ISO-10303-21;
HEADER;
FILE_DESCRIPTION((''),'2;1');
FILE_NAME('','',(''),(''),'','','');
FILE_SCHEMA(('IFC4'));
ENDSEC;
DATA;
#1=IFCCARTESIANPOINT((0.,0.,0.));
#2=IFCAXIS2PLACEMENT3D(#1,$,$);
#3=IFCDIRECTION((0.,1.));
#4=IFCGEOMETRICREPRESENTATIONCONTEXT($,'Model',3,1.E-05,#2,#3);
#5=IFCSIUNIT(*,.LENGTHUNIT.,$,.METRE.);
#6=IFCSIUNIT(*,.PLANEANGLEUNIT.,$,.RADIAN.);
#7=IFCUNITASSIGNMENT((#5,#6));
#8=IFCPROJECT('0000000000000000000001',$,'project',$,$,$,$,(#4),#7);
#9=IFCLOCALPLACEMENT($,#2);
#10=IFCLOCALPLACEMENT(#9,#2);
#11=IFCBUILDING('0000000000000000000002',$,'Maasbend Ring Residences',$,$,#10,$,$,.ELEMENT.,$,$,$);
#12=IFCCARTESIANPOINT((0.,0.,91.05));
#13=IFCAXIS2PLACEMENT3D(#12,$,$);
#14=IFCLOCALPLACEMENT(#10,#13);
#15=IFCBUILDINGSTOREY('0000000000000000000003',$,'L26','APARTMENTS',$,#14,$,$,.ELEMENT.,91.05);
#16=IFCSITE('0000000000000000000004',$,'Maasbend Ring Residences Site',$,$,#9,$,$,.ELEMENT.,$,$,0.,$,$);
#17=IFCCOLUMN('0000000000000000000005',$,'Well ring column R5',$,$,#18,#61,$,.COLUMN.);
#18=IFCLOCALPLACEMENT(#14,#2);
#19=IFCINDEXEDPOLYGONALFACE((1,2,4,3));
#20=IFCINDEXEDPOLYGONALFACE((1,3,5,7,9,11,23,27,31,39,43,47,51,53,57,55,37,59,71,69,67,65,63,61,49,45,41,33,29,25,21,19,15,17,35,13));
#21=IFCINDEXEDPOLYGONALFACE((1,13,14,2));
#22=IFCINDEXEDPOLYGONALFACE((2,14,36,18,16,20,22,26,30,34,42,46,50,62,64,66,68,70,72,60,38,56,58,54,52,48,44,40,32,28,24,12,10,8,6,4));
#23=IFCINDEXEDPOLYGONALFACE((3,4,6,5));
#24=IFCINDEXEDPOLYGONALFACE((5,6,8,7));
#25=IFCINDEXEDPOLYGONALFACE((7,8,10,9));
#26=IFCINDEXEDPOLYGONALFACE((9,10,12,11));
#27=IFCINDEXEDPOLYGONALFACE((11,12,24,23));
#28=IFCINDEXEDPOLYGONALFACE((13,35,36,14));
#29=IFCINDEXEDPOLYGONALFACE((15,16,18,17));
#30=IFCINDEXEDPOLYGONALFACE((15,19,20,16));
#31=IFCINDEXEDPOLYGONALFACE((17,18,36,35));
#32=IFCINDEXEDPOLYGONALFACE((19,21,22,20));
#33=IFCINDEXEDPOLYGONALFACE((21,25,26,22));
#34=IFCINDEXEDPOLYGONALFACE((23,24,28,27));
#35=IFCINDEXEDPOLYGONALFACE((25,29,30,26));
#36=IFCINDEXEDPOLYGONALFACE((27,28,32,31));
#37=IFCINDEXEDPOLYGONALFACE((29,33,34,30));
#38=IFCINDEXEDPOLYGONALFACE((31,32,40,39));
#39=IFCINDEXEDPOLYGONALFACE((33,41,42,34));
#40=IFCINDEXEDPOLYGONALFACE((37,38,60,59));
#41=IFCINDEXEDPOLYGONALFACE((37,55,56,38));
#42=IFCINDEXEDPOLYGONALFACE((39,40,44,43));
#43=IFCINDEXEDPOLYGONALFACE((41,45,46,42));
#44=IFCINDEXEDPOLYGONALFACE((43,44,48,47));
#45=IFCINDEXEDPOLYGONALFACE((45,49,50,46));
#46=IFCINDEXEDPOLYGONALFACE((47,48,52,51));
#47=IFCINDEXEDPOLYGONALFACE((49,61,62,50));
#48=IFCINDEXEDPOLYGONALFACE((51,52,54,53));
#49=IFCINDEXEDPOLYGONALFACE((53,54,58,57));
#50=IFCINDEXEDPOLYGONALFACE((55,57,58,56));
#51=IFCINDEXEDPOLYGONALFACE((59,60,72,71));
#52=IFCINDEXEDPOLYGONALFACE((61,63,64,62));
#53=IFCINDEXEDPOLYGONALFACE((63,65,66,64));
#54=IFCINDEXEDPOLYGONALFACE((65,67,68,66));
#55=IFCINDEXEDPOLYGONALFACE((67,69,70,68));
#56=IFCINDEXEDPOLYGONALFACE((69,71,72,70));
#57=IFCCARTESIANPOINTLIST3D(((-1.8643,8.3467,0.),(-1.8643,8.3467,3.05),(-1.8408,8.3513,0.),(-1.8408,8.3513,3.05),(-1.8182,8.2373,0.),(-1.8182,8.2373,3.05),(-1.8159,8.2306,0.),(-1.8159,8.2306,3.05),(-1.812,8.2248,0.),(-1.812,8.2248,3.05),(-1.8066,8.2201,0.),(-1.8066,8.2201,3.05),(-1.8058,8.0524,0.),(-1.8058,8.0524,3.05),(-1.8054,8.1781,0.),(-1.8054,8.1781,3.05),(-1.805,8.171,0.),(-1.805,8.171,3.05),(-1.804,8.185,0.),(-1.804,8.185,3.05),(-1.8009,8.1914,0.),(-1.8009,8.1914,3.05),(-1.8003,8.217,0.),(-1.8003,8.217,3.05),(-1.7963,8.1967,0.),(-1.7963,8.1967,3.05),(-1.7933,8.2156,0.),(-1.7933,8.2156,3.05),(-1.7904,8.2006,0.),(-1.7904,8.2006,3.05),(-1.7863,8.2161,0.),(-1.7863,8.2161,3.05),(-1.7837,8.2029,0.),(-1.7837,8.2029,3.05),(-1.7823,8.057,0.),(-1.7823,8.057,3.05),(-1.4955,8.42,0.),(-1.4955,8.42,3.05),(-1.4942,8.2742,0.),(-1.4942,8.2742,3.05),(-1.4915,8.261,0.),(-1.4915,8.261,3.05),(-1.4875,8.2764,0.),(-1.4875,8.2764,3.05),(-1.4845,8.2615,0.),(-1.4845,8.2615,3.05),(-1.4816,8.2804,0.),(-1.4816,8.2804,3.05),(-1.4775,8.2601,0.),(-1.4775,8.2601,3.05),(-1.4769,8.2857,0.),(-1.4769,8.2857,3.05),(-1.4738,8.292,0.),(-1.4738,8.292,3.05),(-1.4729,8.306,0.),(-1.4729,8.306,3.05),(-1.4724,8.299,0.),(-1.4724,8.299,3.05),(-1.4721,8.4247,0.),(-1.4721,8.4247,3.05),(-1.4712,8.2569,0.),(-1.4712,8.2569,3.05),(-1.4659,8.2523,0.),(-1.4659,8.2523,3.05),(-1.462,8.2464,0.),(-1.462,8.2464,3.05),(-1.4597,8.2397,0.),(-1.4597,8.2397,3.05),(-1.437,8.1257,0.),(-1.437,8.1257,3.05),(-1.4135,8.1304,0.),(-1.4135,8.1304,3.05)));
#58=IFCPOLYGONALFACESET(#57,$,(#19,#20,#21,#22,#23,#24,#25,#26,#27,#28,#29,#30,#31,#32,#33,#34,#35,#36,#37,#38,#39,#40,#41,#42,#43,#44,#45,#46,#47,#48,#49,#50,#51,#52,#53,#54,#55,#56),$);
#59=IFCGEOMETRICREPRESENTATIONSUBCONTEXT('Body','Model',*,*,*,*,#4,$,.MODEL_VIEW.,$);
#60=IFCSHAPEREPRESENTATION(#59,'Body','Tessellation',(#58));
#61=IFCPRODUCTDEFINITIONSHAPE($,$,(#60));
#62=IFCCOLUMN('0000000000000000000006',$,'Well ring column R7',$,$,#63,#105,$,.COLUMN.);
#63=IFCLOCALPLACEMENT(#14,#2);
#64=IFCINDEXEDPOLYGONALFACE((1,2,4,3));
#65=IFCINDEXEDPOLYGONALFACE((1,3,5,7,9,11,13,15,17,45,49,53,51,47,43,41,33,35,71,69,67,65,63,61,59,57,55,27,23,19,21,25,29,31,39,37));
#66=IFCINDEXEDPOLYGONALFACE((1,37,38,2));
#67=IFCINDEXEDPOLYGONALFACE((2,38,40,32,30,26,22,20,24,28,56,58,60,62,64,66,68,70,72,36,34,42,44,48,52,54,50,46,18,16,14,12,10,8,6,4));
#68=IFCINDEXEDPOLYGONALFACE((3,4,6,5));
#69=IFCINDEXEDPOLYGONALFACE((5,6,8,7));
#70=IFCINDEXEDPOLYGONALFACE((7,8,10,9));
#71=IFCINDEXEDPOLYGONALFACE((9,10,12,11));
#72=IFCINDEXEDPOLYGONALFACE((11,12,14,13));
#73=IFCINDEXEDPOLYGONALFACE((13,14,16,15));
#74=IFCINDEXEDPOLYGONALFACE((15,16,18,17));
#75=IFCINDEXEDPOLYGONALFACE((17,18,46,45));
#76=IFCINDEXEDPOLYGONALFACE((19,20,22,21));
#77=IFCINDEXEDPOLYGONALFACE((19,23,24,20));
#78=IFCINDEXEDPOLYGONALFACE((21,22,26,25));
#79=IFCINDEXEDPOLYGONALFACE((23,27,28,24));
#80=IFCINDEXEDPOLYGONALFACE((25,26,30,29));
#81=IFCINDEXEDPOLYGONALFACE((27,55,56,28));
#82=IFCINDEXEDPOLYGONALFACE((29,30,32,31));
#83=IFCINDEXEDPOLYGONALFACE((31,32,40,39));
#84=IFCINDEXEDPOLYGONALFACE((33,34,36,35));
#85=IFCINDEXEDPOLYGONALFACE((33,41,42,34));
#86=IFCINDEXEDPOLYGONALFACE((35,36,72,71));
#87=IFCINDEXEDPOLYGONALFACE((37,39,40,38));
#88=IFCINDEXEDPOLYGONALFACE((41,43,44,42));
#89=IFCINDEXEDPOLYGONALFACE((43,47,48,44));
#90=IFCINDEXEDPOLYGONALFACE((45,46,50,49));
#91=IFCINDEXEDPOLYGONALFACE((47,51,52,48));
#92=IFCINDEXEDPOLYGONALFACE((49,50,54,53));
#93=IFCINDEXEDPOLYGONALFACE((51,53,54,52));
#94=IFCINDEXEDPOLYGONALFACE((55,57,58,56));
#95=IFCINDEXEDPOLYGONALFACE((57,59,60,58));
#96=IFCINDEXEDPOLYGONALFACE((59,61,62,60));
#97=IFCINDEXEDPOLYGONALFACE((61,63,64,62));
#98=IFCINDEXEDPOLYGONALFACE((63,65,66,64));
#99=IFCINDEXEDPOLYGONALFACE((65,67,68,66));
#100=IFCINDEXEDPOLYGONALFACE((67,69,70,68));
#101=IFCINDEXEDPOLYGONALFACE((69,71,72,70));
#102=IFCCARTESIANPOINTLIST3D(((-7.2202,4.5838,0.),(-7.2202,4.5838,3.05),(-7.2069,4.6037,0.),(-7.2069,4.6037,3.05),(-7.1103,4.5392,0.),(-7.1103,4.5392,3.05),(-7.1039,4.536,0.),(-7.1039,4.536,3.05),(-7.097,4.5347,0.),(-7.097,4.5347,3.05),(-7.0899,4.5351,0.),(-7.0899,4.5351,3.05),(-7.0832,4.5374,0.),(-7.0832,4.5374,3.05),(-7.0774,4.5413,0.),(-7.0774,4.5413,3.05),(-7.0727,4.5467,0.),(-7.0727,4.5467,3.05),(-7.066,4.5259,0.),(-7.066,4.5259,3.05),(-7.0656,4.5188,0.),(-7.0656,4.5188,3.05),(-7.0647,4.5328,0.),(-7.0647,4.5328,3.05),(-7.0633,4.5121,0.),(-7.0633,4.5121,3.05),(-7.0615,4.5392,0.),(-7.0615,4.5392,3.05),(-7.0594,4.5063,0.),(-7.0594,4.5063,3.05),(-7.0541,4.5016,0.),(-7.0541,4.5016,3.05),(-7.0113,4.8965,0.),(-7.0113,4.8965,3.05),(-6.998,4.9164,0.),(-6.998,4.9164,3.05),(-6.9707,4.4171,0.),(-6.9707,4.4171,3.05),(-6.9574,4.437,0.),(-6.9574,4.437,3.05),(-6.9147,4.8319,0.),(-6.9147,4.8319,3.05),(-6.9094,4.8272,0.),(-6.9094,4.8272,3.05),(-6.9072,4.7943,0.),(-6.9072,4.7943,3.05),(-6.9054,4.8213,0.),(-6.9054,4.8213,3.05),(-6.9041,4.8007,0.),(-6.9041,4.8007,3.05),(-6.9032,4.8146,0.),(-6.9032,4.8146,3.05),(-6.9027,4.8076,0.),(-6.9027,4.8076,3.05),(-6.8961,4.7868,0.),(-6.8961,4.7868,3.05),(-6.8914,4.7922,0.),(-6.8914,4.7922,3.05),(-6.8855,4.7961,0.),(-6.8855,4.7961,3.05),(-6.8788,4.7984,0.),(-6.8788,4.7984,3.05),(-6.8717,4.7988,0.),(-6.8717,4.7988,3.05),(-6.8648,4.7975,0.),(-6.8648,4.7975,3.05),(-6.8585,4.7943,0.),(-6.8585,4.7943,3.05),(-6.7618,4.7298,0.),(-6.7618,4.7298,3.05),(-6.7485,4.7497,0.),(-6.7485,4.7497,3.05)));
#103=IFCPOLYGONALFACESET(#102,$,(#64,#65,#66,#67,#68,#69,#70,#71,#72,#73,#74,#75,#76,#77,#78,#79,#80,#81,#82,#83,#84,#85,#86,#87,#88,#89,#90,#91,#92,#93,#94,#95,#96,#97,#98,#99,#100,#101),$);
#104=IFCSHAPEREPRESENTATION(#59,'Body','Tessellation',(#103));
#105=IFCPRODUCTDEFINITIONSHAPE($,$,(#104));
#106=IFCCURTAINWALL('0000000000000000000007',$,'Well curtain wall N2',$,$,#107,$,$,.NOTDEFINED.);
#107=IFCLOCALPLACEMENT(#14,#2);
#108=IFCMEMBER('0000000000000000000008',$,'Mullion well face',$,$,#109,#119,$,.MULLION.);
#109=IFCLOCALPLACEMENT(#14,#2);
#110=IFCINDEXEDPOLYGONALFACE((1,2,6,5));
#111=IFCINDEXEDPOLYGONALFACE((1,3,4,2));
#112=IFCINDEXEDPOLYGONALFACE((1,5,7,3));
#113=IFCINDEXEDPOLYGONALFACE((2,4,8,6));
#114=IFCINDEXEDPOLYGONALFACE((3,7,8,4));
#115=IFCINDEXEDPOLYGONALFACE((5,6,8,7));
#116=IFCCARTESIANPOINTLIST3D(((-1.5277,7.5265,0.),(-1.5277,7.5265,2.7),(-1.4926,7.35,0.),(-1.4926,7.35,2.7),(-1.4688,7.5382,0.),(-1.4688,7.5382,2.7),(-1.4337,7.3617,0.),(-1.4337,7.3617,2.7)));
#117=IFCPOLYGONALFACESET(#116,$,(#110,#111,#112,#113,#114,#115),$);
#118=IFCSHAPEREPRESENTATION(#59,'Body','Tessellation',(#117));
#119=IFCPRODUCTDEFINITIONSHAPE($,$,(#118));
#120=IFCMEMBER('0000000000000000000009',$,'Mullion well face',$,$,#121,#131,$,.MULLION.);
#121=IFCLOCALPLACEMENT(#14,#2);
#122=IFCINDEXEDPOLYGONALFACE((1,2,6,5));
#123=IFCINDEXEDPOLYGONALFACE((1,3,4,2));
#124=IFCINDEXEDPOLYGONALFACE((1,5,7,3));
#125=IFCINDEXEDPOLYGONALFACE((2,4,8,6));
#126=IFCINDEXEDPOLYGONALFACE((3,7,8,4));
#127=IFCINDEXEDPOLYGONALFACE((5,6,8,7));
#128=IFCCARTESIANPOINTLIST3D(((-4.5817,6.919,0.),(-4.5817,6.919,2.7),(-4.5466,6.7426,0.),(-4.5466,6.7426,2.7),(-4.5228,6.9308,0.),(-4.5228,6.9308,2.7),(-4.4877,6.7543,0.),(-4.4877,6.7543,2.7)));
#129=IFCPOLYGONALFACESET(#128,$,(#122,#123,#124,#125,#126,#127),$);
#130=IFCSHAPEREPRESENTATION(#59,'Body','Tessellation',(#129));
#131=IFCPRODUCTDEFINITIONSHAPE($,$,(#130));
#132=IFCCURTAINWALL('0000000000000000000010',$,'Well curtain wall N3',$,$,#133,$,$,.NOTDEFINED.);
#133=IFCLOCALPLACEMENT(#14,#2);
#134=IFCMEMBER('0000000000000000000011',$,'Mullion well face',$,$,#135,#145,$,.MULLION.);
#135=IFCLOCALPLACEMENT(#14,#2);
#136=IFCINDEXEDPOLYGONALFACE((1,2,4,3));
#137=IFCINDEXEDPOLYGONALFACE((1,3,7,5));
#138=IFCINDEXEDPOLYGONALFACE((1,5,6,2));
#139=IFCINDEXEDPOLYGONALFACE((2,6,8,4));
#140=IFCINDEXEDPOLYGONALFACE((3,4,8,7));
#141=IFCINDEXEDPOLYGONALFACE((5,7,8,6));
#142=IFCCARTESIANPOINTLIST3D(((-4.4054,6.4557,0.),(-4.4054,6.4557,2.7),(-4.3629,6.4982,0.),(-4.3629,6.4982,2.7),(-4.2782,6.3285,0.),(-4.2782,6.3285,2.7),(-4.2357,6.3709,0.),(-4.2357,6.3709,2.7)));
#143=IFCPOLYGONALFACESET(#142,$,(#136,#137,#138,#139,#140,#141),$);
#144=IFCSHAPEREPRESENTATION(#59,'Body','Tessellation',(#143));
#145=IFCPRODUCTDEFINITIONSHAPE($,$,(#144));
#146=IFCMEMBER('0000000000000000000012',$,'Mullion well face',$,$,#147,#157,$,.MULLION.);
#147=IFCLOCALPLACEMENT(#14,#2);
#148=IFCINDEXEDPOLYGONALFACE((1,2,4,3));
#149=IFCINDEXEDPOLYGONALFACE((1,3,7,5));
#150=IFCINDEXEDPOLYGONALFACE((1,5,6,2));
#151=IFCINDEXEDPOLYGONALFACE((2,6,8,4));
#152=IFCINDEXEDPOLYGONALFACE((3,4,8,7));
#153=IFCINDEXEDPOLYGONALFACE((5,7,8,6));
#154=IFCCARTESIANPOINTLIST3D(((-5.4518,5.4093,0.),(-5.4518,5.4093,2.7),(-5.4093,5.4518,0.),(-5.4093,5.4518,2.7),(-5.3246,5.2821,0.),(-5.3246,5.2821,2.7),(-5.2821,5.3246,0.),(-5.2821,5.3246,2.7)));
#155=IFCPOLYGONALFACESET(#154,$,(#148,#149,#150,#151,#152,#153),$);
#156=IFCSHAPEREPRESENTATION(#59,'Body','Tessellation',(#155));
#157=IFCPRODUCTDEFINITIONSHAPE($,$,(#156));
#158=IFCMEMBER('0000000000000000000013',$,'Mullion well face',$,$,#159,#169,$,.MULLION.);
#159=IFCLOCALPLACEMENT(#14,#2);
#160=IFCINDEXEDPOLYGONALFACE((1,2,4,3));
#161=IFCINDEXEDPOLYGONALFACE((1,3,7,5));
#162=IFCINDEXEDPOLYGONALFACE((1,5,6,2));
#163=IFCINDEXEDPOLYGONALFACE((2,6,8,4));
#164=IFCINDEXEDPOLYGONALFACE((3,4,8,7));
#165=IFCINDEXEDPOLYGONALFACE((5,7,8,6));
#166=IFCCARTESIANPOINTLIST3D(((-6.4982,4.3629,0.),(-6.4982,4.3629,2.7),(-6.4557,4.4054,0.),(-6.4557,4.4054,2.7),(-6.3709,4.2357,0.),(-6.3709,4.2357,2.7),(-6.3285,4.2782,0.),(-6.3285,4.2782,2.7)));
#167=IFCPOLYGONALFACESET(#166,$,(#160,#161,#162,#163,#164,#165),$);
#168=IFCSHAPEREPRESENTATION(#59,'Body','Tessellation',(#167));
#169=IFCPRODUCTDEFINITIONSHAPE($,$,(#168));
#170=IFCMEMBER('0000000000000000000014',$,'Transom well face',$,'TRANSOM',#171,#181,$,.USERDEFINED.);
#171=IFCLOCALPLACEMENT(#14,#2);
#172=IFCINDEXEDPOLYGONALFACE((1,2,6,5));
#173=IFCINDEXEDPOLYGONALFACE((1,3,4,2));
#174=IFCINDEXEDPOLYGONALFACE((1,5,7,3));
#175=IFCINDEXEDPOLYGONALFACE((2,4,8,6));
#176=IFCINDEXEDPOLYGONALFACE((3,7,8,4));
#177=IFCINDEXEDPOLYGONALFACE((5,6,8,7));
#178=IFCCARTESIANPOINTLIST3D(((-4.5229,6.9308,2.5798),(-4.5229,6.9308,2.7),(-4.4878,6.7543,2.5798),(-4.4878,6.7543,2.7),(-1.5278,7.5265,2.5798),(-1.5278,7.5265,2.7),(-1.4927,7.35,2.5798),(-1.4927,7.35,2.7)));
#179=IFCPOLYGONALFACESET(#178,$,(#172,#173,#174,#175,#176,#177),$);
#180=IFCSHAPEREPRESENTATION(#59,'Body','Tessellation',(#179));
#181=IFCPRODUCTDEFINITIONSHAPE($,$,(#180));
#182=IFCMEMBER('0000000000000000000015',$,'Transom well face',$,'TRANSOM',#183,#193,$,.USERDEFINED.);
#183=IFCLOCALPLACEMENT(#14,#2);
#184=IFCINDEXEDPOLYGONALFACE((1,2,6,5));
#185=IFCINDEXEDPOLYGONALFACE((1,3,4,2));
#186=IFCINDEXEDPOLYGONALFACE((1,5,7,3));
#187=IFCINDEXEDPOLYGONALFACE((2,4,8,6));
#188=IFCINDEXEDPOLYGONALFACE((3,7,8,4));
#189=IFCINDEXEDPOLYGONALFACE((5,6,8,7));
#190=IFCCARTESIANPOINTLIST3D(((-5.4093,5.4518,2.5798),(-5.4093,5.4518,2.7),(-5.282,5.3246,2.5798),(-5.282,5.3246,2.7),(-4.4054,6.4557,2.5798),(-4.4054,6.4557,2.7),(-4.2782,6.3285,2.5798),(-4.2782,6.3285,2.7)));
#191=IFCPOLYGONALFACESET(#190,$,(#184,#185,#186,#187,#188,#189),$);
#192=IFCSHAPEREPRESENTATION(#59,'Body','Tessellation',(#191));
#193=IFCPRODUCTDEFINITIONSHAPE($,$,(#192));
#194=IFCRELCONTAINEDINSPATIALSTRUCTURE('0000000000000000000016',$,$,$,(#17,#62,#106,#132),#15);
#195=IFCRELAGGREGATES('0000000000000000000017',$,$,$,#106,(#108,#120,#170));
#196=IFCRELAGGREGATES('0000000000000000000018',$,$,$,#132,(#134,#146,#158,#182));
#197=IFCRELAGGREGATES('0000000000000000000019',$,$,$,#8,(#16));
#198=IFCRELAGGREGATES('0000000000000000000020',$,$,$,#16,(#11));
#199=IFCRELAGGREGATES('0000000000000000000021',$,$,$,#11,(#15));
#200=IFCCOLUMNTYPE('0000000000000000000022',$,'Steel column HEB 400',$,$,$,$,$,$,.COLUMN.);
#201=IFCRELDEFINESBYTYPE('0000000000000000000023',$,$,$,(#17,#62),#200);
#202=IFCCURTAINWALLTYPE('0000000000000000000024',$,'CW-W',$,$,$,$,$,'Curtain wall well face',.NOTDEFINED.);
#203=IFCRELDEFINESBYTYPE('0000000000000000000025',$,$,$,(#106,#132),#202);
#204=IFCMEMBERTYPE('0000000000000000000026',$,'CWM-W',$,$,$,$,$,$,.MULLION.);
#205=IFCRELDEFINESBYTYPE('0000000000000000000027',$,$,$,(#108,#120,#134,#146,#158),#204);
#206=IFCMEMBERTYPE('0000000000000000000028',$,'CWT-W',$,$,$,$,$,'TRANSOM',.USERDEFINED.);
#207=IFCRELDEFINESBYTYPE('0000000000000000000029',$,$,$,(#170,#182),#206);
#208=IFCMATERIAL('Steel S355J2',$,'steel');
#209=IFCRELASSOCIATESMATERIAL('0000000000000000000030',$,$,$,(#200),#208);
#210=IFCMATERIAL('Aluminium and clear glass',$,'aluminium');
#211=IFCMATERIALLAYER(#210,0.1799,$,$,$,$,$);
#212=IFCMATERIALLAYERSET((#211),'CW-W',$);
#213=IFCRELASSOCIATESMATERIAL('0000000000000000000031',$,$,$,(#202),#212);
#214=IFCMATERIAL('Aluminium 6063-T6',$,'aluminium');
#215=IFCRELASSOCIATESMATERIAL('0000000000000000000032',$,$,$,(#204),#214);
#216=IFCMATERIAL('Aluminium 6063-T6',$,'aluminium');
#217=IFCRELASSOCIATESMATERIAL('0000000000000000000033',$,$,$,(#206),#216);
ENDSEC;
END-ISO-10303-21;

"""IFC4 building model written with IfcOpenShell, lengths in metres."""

from ifc_helpers import new_model, si_unit, direction, frame, origin, origin_2d, place, context, subcontext, project, spatial, rectangle, i_section, extrude, material, layer, layer_set, material_profile, profile_set, type_object, element, aggregate, save


model = new_model("IFC4")

# Units and contexts
model_context = context("Model", 3, precision=1e-05, world=origin(), true_north=direction((0.0, 1.0)))
body_context = subcontext(model_context, "Body", "Model", "MODEL_VIEW")
ifc_project = project(units=[si_unit("LENGTHUNIT", "METRE"), si_unit("PLANEANGLEUNIT", "RADIAN")], contexts=[model_context])

# Site, building, storey
site_placement = place(None, origin())
site = spatial("IfcSite", under=ifc_project, at=site_placement, Name="Maasbend Ring Residences Site", CompositionType="ELEMENT", RefElevation=0.0)
building_placement = place(site_placement, origin())
building = spatial("IfcBuilding", under=site, at=building_placement, Name="Maasbend Ring Residences", CompositionType="ELEMENT")
storey_placement = place(building_placement, frame((0.0, 0.0, 91.05)))
storey = spatial("IfcBuildingStorey", under=building, at=storey_placement, Name="L26", Description="APARTMENTS", CompositionType="ELEMENT", Elevation=91.05)

# Columns
ifc_material_1 = material(Name="Steel S355J2", Category="steel")
ifc_material_profile_1 = material_profile(ifc_material_1, i_section(OverallWidth=0.3, OverallDepth=0.3999, WebThickness=0.0134, FlangeThickness=0.0239, FilletRadius=0.0271, at=origin_2d()), Name="HEB 400")
ifc_profile_set_1 = profile_set([ifc_material_profile_1], Name="Steel S355J2")
column_type = type_object("IfcColumnType", Name="Steel column HEB 400", PredefinedType="COLUMN", material=ifc_profile_set_1)
for number, where, z_axis, x_axis, name in (
    (1, (-1.6389, 8.2385, 0.0), (0.0, 0.0, 1.0), (-0.19509, 0.980785, 0.0), "Well ring column R5"),
    (2, (-6.9844, 4.6667, 0.0), (0.0, 0.0, 1.0), (-0.83147, 0.55557, 0.0), "Well ring column R7"),
):
    element("IfcColumn", number, at=place(storey_placement, frame(where, z_axis=z_axis, x_axis=x_axis)), inside=storey, type_object=column_type, Name=name, PredefinedType="COLUMN", context=body_context, shape_type="SweptSolid", body=[
        extrude(i_section(OverallWidth=0.3, OverallDepth=0.3999, WebThickness=0.0134, FlangeThickness=0.0239, FilletRadius=0.0271, at=origin_2d()), origin(), (0.0, 0.0, 1.0), 3.05),
    ])

# Curtain walls, members
ifc_material_2 = material(Name="Aluminium and clear glass", Category="aluminium")
ifc_layer_1 = layer(ifc_material_2, 0.1799)
ifc_layer_set_1 = layer_set([ifc_layer_1], Name="CW-W")
curtain_wall_type = type_object("IfcCurtainWallType", Name="CW-W", ElementType="Curtain wall well face", PredefinedType="NOTDEFINED", material=ifc_layer_set_1)
curtain_wall_1_placement = place(storey_placement, origin())
curtain_wall_1 = element("IfcCurtainWall", 3, at=curtain_wall_1_placement, inside=storey, type_object=curtain_wall_type, Name="Well curtain wall N2", PredefinedType="NOTDEFINED")
ifc_material_3 = material(Name="Aluminium 6063-T6", Category="aluminium")
ifc_material_profile_2 = material_profile(ifc_material_3, rectangle(XDim=0.1799, YDim=0.0601, at=origin_2d()), Name="AL 180x60")
ifc_profile_set_2 = profile_set([ifc_material_profile_2], Name="Aluminium 6063-T6")
member_type_1 = type_object("IfcMemberType", Name="CWM-W", PredefinedType="MULLION", material=ifc_profile_set_2)
member_1_placement = place(storey_placement, frame((-1.4807, 7.4441, 0.0), z_axis=(0.0, 0.0, 1.0), x_axis=(0.19509, -0.980785, 0.0)))
member_1 = element("IfcMember", 4, at=member_1_placement, type_object=member_type_1, Name="Mullion well face", PredefinedType="MULLION", context=body_context, shape_type="SweptSolid", body=[
    extrude(rectangle(XDim=0.1799, YDim=0.0601, at=origin_2d()), origin(), (0.0, 0.0, 1.0), 2.7),
])
member_2_placement = place(storey_placement, frame((-4.5347, 6.8367, 0.0), z_axis=(0.0, 0.0, 1.0), x_axis=(0.19509, -0.980785, 0.0)))
member_2 = element("IfcMember", 5, at=member_2_placement, type_object=member_type_1, Name="Mullion well face", PredefinedType="MULLION", context=body_context, shape_type="SweptSolid", body=[
    extrude(rectangle(XDim=0.1799, YDim=0.0601, at=origin_2d()), origin(), (0.0, 0.0, 1.0), 2.7),
])
curtain_wall_2_placement = place(storey_placement, origin())
curtain_wall_2 = element("IfcCurtainWall", 6, at=curtain_wall_2_placement, inside=storey, type_object=curtain_wall_type, Name="Well curtain wall N3", PredefinedType="NOTDEFINED")
member_3_placement = place(storey_placement, frame((-4.3206, 6.4133, 0.0), z_axis=(0.0, 0.0, 1.0), x_axis=(0.707107, -0.707107, 0.0)))
member_3 = element("IfcMember", 7, at=member_3_placement, type_object=member_type_1, Name="Mullion well face", PredefinedType="MULLION", context=body_context, shape_type="SweptSolid", body=[
    extrude(rectangle(XDim=0.1799, YDim=0.0601, at=origin_2d()), origin(), (0.0, 0.0, 1.0), 2.7),
])
member_4_placement = place(storey_placement, frame((-5.3669, 5.3669, 0.0), z_axis=(0.0, 0.0, 1.0), x_axis=(0.707107, -0.707107, 0.0)))
member_4 = element("IfcMember", 8, at=member_4_placement, type_object=member_type_1, Name="Mullion well face", PredefinedType="MULLION", context=body_context, shape_type="SweptSolid", body=[
    extrude(rectangle(XDim=0.1799, YDim=0.0601, at=origin_2d()), origin(), (0.0, 0.0, 1.0), 2.7),
])
member_5_placement = place(storey_placement, frame((-6.4133, 4.3206, 0.0), z_axis=(0.0, 0.0, 1.0), x_axis=(0.707107, -0.707107, 0.0)))
member_5 = element("IfcMember", 9, at=member_5_placement, type_object=member_type_1, Name="Mullion well face", PredefinedType="MULLION", context=body_context, shape_type="SweptSolid", body=[
    extrude(rectangle(XDim=0.1799, YDim=0.0601, at=origin_2d()), origin(), (0.0, 0.0, 1.0), 2.7),
])

# Members
ifc_material_4 = material(Name="Aluminium 6063-T6", Category="aluminium")
ifc_material_profile_3 = material_profile(ifc_material_4, rectangle(XDim=0.1799, YDim=0.1201, at=origin_2d()), Name="AL 180x120")
ifc_profile_set_3 = profile_set([ifc_material_profile_3], Name="Aluminium 6063-T6")
member_type_2 = type_object("IfcMemberType", Name="CWT-W", ElementType="TRANSOM", PredefinedType="USERDEFINED", material=ifc_profile_set_3)
member_6_placement = place(storey_placement, frame((-1.5103, 7.4382, 2.6399), z_axis=(-0.980789, -0.195071, 0.0), x_axis=(0.195071, -0.980789, 0.0)))
member_6 = element("IfcMember", 10, at=member_6_placement, type_object=member_type_2, Name="Transom well face", ObjectType="TRANSOM", PredefinedType="USERDEFINED", context=body_context, shape_type="SweptSolid", body=[
    extrude(rectangle(XDim=0.1799, YDim=0.1201, at=origin_2d()), origin(), (0.0, 0.0, 1.0), 3.0537),
])
member_7_placement = place(storey_placement, frame((-4.3418, 6.3921, 2.6399), z_axis=(-0.707107, -0.707107, 0.0), x_axis=(0.707107, -0.707107, 0.0)))
member_7 = element("IfcMember", 11, at=member_7_placement, type_object=member_type_2, Name="Transom well face", ObjectType="TRANSOM", PredefinedType="USERDEFINED", context=body_context, shape_type="SweptSolid", body=[
    extrude(rectangle(XDim=0.1799, YDim=0.1201, at=origin_2d()), origin(), (0.0, 0.0, 1.0), 1.4197),
])

aggregate(curtain_wall_1, [member_1, member_2, member_6])
aggregate(curtain_wall_2, [member_3, member_4, member_5, member_7])

save(model, "model.ifc")
